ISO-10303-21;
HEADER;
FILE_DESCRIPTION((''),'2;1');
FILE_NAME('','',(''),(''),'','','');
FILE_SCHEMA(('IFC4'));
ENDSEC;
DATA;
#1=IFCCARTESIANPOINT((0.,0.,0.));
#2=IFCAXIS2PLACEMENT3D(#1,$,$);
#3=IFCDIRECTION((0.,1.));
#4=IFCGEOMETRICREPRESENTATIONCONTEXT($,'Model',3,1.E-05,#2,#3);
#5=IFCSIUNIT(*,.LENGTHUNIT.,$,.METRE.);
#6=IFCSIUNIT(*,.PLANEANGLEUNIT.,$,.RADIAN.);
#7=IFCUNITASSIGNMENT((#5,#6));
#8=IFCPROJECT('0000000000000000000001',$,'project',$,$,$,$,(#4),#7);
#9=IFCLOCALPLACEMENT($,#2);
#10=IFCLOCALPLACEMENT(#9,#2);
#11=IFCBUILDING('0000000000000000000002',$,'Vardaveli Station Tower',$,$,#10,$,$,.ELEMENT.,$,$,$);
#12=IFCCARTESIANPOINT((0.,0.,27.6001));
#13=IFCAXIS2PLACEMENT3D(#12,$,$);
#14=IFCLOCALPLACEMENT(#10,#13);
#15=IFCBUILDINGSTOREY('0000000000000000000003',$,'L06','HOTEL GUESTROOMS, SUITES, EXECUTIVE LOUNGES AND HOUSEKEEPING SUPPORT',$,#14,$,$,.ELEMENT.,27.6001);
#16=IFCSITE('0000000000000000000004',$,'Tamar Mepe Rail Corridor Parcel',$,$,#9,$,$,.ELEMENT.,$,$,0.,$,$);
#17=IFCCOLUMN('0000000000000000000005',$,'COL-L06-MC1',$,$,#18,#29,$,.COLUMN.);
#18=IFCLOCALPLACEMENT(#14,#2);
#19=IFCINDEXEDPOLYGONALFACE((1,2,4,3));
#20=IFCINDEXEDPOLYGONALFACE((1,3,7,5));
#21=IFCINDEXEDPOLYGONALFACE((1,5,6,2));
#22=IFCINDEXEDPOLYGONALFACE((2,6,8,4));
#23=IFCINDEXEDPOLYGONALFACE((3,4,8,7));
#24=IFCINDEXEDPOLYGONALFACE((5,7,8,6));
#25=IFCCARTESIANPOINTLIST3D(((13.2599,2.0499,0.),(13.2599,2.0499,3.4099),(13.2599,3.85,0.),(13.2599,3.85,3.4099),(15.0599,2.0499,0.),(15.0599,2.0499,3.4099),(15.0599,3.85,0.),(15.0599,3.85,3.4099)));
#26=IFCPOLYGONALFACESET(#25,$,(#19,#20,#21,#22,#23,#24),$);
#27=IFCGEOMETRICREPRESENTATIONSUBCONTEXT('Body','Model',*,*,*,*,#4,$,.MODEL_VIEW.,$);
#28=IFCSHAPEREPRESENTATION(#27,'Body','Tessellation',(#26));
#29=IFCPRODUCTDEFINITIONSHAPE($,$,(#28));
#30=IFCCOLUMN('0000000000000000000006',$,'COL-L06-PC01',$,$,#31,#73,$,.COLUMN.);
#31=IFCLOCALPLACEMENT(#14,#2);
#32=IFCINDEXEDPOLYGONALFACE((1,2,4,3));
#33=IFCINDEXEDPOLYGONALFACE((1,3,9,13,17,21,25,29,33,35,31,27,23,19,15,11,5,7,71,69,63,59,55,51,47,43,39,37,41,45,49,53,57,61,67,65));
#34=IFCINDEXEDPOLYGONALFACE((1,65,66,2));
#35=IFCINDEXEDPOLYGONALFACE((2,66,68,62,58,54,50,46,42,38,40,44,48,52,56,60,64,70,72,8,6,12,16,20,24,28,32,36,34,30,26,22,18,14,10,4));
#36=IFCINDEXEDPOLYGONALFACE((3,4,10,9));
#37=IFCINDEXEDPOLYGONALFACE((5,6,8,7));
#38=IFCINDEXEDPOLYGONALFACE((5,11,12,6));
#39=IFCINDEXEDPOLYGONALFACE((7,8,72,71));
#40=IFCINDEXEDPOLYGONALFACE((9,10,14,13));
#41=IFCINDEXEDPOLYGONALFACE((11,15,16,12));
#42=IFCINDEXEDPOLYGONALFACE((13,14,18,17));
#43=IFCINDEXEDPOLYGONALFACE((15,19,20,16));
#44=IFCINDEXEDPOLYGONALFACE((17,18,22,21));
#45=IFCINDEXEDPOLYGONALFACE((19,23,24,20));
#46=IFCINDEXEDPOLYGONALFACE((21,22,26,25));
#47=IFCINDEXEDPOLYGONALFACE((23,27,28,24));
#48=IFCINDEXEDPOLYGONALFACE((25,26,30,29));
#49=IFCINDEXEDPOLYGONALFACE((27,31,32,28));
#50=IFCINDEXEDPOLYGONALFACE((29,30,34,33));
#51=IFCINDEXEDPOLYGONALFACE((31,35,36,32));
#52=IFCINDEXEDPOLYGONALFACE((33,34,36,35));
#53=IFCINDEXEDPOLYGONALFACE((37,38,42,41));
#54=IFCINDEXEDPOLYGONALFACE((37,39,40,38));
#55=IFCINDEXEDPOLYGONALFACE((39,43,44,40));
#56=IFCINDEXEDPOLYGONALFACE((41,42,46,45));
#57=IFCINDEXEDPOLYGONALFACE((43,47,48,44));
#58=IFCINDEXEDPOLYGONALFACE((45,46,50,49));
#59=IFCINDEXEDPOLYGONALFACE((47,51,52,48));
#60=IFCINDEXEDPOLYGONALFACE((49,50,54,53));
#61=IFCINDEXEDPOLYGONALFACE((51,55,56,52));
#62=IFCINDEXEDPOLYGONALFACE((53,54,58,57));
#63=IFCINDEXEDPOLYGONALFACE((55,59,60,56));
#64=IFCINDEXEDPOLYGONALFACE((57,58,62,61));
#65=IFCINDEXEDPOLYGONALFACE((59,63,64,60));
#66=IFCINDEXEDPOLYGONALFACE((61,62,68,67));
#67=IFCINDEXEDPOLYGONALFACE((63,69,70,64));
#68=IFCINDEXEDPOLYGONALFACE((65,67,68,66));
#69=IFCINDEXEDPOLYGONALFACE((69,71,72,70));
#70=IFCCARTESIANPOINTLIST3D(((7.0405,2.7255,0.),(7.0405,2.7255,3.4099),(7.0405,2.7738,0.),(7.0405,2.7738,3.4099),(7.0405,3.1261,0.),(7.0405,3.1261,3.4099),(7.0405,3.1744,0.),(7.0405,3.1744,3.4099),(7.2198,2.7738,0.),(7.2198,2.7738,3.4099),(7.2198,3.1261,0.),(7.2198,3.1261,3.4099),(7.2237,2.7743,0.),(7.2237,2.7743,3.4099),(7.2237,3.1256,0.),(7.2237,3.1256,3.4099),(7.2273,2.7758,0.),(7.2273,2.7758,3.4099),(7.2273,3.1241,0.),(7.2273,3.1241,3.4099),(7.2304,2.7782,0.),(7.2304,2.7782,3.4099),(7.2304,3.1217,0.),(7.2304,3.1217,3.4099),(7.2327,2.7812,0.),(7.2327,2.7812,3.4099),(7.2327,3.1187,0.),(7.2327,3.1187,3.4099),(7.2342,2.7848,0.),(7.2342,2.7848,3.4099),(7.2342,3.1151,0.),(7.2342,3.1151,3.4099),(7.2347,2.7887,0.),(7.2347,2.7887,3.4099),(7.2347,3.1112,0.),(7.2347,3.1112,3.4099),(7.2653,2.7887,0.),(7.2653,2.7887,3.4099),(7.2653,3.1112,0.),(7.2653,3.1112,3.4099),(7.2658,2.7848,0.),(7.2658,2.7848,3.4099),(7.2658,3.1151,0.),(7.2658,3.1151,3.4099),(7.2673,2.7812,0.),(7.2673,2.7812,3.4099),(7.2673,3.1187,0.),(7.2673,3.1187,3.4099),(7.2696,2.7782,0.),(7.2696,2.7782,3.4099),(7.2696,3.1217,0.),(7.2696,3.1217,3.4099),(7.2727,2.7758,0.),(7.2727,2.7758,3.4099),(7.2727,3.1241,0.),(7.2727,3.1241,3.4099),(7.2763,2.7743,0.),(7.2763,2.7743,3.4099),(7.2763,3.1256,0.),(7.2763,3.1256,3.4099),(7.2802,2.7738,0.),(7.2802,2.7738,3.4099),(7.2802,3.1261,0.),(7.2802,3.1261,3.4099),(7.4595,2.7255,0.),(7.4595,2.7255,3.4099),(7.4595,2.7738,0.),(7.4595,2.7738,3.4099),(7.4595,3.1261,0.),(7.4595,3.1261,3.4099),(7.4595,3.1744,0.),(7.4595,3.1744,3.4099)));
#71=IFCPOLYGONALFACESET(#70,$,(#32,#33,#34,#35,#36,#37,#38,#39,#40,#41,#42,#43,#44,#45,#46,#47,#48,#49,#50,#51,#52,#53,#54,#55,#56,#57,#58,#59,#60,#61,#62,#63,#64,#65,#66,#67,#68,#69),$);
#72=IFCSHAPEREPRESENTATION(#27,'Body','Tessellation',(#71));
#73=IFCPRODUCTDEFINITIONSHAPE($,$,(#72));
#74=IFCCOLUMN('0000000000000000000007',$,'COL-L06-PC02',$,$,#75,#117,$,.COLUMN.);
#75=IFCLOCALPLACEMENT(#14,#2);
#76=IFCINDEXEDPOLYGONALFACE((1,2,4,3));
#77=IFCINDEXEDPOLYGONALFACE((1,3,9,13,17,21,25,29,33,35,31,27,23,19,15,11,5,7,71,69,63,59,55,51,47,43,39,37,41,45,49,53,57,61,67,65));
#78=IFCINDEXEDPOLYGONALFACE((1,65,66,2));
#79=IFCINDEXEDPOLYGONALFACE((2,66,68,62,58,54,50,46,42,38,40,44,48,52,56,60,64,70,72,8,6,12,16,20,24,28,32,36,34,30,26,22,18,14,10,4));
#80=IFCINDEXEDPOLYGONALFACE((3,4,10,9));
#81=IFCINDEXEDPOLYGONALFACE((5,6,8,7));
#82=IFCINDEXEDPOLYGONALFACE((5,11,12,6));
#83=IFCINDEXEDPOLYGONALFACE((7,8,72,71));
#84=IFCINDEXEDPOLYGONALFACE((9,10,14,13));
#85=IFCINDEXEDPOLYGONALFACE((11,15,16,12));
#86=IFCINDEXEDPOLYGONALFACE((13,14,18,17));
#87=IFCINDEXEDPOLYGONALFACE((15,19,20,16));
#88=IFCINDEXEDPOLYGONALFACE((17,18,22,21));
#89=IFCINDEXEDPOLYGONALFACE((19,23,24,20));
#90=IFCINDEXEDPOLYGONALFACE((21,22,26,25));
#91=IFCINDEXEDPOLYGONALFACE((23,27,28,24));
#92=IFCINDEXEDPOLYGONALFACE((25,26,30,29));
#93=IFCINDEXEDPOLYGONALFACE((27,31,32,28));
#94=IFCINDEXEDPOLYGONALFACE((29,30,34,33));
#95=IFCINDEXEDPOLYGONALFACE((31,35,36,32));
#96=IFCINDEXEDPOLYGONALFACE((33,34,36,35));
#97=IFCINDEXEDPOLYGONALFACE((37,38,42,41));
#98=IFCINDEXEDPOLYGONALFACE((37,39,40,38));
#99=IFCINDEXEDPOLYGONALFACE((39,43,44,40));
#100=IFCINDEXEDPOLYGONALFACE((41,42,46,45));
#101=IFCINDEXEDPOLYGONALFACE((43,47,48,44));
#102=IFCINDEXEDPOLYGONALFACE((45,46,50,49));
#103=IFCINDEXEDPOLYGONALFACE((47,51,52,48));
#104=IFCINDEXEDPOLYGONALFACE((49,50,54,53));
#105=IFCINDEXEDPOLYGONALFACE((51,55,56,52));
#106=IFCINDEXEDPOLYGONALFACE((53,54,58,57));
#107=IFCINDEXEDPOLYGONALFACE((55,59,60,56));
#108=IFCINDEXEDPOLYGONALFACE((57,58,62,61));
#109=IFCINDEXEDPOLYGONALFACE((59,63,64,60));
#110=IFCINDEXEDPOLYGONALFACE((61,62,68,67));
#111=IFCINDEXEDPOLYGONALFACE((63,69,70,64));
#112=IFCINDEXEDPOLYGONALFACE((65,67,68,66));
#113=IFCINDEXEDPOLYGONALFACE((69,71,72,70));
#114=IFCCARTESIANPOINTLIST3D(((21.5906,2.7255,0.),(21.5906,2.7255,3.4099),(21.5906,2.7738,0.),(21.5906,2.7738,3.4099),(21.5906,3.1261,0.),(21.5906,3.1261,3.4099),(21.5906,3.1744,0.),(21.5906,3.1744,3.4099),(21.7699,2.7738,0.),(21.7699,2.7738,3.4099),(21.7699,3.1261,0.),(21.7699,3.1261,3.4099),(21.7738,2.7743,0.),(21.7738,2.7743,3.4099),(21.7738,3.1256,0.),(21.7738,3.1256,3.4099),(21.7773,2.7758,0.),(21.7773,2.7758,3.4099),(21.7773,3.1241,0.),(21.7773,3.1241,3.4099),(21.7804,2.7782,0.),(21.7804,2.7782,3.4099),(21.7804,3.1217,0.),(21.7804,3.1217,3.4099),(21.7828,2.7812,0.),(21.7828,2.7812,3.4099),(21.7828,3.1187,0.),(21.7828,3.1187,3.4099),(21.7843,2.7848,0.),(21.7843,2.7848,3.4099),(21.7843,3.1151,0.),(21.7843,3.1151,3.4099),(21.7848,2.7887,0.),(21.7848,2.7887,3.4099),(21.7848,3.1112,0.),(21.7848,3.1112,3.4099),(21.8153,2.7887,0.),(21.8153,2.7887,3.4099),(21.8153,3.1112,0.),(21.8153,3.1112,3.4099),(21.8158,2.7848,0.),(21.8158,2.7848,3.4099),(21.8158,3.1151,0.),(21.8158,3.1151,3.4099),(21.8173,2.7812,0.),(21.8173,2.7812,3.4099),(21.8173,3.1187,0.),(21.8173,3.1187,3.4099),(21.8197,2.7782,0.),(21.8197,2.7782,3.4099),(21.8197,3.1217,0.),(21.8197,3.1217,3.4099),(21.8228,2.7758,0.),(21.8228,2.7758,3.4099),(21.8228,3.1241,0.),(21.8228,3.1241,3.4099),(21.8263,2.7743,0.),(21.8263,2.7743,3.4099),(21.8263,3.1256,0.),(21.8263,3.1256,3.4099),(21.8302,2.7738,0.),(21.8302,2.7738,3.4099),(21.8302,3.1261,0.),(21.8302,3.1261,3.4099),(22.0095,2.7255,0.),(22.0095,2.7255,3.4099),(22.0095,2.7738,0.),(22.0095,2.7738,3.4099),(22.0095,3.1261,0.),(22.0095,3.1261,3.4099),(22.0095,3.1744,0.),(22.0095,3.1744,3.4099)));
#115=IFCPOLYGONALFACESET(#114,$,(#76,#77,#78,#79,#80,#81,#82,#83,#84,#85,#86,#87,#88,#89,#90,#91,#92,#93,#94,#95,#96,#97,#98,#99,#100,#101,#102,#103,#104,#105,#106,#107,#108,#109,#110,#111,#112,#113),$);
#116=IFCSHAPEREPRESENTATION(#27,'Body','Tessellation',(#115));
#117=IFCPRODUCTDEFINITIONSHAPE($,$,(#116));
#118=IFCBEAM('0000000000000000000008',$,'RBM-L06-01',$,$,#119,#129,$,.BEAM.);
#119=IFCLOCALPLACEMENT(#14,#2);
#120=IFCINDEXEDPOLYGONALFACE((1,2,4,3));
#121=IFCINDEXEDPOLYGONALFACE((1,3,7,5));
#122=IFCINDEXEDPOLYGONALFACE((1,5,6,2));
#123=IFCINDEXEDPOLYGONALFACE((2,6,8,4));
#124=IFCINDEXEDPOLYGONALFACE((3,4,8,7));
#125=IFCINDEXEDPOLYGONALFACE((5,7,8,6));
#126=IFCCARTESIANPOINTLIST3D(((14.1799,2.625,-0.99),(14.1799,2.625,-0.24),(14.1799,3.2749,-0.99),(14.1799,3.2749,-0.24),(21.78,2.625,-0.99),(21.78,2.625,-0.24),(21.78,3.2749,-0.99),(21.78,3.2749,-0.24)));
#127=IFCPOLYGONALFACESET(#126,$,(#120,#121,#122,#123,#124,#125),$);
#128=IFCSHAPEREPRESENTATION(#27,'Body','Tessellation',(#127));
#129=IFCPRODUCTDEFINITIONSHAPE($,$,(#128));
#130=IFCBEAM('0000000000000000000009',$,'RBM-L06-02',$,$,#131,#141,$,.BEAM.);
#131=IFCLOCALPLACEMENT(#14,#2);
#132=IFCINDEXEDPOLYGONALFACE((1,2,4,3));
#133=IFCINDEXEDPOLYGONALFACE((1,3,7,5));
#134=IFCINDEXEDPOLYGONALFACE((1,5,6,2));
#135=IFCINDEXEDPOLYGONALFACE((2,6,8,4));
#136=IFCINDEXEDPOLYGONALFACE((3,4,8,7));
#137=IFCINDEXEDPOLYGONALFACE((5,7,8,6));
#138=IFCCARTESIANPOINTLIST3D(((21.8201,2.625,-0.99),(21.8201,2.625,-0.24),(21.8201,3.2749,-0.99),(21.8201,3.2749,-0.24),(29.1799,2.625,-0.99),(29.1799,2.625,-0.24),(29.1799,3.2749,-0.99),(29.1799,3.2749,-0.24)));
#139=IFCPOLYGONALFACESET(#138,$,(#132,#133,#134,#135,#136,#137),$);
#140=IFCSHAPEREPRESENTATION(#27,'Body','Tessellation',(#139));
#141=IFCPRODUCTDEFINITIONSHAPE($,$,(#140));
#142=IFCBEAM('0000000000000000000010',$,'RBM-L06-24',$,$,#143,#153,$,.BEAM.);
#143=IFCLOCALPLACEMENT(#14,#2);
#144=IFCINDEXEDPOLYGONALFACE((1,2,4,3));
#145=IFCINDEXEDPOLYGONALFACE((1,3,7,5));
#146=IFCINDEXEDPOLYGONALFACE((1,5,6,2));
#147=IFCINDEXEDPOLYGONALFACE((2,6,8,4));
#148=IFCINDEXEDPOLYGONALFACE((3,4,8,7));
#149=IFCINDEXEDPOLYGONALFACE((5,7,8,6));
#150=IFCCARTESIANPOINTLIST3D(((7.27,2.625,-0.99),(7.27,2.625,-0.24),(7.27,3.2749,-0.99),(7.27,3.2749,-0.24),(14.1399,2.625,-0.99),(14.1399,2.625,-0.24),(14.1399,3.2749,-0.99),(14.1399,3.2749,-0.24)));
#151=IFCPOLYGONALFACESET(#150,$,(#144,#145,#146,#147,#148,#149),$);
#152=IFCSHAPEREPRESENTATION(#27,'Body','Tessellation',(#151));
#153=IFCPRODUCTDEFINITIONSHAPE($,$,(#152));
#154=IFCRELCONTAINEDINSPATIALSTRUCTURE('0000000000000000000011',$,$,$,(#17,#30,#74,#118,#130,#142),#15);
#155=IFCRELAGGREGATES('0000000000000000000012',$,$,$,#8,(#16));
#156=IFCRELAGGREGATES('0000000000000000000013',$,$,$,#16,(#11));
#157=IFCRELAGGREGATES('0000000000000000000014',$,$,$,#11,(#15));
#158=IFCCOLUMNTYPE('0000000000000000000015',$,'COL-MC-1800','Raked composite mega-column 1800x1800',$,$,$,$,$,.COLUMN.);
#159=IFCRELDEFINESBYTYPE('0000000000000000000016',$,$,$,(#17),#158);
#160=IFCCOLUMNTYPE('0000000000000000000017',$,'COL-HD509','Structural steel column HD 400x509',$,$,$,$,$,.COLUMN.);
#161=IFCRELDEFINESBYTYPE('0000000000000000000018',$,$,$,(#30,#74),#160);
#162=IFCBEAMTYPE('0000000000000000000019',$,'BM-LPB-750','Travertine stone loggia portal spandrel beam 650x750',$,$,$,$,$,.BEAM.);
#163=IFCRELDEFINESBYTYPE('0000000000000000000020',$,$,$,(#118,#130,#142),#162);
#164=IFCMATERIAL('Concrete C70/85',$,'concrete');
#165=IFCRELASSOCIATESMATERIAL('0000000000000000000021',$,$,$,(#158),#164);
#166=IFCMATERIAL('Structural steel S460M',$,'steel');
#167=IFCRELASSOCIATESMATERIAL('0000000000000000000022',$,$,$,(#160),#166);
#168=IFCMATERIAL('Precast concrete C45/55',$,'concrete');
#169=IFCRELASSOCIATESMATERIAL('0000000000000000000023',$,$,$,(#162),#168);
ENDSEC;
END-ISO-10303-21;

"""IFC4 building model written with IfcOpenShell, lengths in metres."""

from ifc_helpers import new_model, si_unit, direction, frame, origin, origin_2d, place, context, subcontext, project, spatial, rectangle, i_section, extrude, source, transform, mapped, material, material_profile, profile_set, type_object, element, save


model = new_model("IFC4")

# Units and contexts
model_context = context("Model", 3, precision=1e-05, world=origin(), true_north=direction((0.0, 1.0)))
body_context = subcontext(model_context, "Body", "Model", "MODEL_VIEW")
ifc_project = project(units=[si_unit("LENGTHUNIT", "METRE"), si_unit("PLANEANGLEUNIT", "RADIAN")], contexts=[model_context])

# Site, building, storey
site_placement = place(None, origin())
site = spatial("IfcSite", under=ifc_project, at=site_placement, Name="Tamar Mepe Rail Corridor Parcel", CompositionType="ELEMENT", RefElevation=0.0)
building_placement = place(site_placement, origin())
building = spatial("IfcBuilding", under=site, at=building_placement, Name="Vardaveli Station Tower", CompositionType="ELEMENT")
storey_placement = place(building_placement, frame((0.0, 0.0, 27.6001)))
storey = spatial("IfcBuildingStorey", under=building, at=storey_placement, Name="L06", Description="HOTEL GUESTROOMS, SUITES, EXECUTIVE LOUNGES AND HOUSEKEEPING SUPPORT", CompositionType="ELEMENT", Elevation=27.6001)

# Columns
ifc_material_1 = material(Name="Concrete C70/85", Category="concrete")
ifc_material_profile_1 = material_profile(ifc_material_1, rectangle(XDim=1.8, YDim=1.8, at=origin_2d()), Name="MC 1800x1800")
ifc_profile_set_1 = profile_set([ifc_material_profile_1], Name="Concrete C70/85")
column_type_1 = type_object("IfcColumnType", Name="COL-MC-1800", Description="Raked composite mega-column 1800x1800", PredefinedType="COLUMN", material=ifc_profile_set_1)
shared_shape_1 = source(origin(), body_context, "Body", "SweptSolid", [
    extrude(rectangle(XDim=1.8, YDim=1.8, at=origin_2d()), origin(), (0.0, 0.0, 1.0), 3.4099),
])
column_placement = place(storey_placement, frame((14.1599, 2.95, 0.0), z_axis=(0.0, 0.0, 1.0), x_axis=(1.0, 0.0, 0.0)))
element("IfcColumn", 1, at=column_placement, inside=storey, type_object=column_type_1, Name="COL-L06-MC1", PredefinedType="COLUMN", context=body_context, shape_type="MappedRepresentation", body=[
    mapped(shared_shape_1, transform((0.0, 0.0, 0.0), scale=1.0)),
])
ifc_material_2 = material(Name="Structural steel S460M", Category="steel")
ifc_material_profile_2 = material_profile(ifc_material_2, i_section(OverallWidth=0.4189, OverallDepth=0.449, WebThickness=0.0305, FlangeThickness=0.0483, FilletRadius=0.0149, at=origin_2d()), Name="HD 400x509")
ifc_profile_set_2 = profile_set([ifc_material_profile_2], Name="Structural steel S460M")
column_type_2 = type_object("IfcColumnType", Name="COL-HD509", Description="Structural steel column HD 400x509", PredefinedType="COLUMN", material=ifc_profile_set_2)
shared_shape_2 = source(origin(), body_context, "Body", "SweptSolid", [
    extrude(i_section(OverallWidth=0.4189, OverallDepth=0.449, WebThickness=0.0305, FlangeThickness=0.0483, FilletRadius=0.0149, at=origin_2d()), origin(), (0.0, 0.0, 1.0), 3.4099),
])
for number, where, z_axis, x_axis, name in (
    (2, (7.25, 2.95, 0.0), (0.0, 0.0, 1.0), (1.0, 0.0, 0.0), "COL-L06-PC01"),
    (3, (21.8, 2.95, 0.0), (0.0, 0.0, 1.0), (1.0, 0.0, 0.0), "COL-L06-PC02"),
):
    element("IfcColumn", number, at=place(storey_placement, frame(where, z_axis=z_axis, x_axis=x_axis)), inside=storey, type_object=column_type_2, Name=name, PredefinedType="COLUMN", context=body_context, shape_type="MappedRepresentation", body=[
        mapped(shared_shape_2, transform((0.0, 0.0, 0.0), scale=1.0)),
    ])

# Beams
ifc_material_3 = material(Name="Precast concrete C45/55", Category="concrete")
ifc_material_profile_3 = material_profile(ifc_material_3, rectangle(XDim=0.6499, YDim=0.75, at=origin_2d()), Name="LPB 650x750")
ifc_profile_set_3 = profile_set([ifc_material_profile_3], Name="Precast concrete C45/55")
beam_type_1 = type_object("IfcBeamType", Name="BM-LPB-750", Description="Travertine stone loggia portal spandrel beam 650x750", PredefinedType="BEAM", material=ifc_profile_set_3)
shared_shape_3 = source(origin(), body_context, "Body", "SweptSolid", [
    extrude(rectangle(XDim=0.6499, YDim=0.75, at=origin_2d()), origin(), (0.0, 0.0, 1.0), 7.6001),
])
beam_1_placement = place(storey_placement, frame((14.1799, 2.95, -0.615), z_axis=(1.0, 0.0, 0.0), x_axis=(0.0, 1.0, 0.0)))
element("IfcBeam", 4, at=beam_1_placement, inside=storey, type_object=beam_type_1, Name="RBM-L06-01", PredefinedType="BEAM", context=body_context, shape_type="MappedRepresentation", body=[
    mapped(shared_shape_3, transform((0.0, 0.0, 0.0), scale=1.0)),
])
shared_shape_4 = source(origin(), body_context, "Body", "SweptSolid", [
    extrude(rectangle(XDim=0.6499, YDim=0.75, at=origin_2d()), origin(), (0.0, 0.0, 1.0), 7.3599),
])
beam_2_placement = place(storey_placement, frame((21.8201, 2.95, -0.615), z_axis=(1.0, 0.0, 0.0), x_axis=(0.0, 1.0, 0.0)))
element("IfcBeam", 5, at=beam_2_placement, inside=storey, type_object=beam_type_1, Name="RBM-L06-02", PredefinedType="BEAM", context=body_context, shape_type="MappedRepresentation", body=[
    mapped(shared_shape_4, transform((0.0, 0.0, 0.0), scale=1.0)),
])
shared_shape_5 = source(origin(), body_context, "Body", "SweptSolid", [
    extrude(rectangle(XDim=0.6499, YDim=0.75, at=origin_2d()), origin(), (0.0, 0.0, 1.0), 6.8699),
])
beam_3_placement = place(storey_placement, frame((7.27, 2.95, -0.615), z_axis=(1.0, 0.0, 0.0), x_axis=(0.0, 1.0, 0.0)))
element("IfcBeam", 6, at=beam_3_placement, inside=storey, type_object=beam_type_1, Name="RBM-L06-24", PredefinedType="BEAM", context=body_context, shape_type="MappedRepresentation", body=[
    mapped(shared_shape_5, transform((0.0, 0.0, 0.0), scale=1.0)),
])

save(model, "model.ifc")
